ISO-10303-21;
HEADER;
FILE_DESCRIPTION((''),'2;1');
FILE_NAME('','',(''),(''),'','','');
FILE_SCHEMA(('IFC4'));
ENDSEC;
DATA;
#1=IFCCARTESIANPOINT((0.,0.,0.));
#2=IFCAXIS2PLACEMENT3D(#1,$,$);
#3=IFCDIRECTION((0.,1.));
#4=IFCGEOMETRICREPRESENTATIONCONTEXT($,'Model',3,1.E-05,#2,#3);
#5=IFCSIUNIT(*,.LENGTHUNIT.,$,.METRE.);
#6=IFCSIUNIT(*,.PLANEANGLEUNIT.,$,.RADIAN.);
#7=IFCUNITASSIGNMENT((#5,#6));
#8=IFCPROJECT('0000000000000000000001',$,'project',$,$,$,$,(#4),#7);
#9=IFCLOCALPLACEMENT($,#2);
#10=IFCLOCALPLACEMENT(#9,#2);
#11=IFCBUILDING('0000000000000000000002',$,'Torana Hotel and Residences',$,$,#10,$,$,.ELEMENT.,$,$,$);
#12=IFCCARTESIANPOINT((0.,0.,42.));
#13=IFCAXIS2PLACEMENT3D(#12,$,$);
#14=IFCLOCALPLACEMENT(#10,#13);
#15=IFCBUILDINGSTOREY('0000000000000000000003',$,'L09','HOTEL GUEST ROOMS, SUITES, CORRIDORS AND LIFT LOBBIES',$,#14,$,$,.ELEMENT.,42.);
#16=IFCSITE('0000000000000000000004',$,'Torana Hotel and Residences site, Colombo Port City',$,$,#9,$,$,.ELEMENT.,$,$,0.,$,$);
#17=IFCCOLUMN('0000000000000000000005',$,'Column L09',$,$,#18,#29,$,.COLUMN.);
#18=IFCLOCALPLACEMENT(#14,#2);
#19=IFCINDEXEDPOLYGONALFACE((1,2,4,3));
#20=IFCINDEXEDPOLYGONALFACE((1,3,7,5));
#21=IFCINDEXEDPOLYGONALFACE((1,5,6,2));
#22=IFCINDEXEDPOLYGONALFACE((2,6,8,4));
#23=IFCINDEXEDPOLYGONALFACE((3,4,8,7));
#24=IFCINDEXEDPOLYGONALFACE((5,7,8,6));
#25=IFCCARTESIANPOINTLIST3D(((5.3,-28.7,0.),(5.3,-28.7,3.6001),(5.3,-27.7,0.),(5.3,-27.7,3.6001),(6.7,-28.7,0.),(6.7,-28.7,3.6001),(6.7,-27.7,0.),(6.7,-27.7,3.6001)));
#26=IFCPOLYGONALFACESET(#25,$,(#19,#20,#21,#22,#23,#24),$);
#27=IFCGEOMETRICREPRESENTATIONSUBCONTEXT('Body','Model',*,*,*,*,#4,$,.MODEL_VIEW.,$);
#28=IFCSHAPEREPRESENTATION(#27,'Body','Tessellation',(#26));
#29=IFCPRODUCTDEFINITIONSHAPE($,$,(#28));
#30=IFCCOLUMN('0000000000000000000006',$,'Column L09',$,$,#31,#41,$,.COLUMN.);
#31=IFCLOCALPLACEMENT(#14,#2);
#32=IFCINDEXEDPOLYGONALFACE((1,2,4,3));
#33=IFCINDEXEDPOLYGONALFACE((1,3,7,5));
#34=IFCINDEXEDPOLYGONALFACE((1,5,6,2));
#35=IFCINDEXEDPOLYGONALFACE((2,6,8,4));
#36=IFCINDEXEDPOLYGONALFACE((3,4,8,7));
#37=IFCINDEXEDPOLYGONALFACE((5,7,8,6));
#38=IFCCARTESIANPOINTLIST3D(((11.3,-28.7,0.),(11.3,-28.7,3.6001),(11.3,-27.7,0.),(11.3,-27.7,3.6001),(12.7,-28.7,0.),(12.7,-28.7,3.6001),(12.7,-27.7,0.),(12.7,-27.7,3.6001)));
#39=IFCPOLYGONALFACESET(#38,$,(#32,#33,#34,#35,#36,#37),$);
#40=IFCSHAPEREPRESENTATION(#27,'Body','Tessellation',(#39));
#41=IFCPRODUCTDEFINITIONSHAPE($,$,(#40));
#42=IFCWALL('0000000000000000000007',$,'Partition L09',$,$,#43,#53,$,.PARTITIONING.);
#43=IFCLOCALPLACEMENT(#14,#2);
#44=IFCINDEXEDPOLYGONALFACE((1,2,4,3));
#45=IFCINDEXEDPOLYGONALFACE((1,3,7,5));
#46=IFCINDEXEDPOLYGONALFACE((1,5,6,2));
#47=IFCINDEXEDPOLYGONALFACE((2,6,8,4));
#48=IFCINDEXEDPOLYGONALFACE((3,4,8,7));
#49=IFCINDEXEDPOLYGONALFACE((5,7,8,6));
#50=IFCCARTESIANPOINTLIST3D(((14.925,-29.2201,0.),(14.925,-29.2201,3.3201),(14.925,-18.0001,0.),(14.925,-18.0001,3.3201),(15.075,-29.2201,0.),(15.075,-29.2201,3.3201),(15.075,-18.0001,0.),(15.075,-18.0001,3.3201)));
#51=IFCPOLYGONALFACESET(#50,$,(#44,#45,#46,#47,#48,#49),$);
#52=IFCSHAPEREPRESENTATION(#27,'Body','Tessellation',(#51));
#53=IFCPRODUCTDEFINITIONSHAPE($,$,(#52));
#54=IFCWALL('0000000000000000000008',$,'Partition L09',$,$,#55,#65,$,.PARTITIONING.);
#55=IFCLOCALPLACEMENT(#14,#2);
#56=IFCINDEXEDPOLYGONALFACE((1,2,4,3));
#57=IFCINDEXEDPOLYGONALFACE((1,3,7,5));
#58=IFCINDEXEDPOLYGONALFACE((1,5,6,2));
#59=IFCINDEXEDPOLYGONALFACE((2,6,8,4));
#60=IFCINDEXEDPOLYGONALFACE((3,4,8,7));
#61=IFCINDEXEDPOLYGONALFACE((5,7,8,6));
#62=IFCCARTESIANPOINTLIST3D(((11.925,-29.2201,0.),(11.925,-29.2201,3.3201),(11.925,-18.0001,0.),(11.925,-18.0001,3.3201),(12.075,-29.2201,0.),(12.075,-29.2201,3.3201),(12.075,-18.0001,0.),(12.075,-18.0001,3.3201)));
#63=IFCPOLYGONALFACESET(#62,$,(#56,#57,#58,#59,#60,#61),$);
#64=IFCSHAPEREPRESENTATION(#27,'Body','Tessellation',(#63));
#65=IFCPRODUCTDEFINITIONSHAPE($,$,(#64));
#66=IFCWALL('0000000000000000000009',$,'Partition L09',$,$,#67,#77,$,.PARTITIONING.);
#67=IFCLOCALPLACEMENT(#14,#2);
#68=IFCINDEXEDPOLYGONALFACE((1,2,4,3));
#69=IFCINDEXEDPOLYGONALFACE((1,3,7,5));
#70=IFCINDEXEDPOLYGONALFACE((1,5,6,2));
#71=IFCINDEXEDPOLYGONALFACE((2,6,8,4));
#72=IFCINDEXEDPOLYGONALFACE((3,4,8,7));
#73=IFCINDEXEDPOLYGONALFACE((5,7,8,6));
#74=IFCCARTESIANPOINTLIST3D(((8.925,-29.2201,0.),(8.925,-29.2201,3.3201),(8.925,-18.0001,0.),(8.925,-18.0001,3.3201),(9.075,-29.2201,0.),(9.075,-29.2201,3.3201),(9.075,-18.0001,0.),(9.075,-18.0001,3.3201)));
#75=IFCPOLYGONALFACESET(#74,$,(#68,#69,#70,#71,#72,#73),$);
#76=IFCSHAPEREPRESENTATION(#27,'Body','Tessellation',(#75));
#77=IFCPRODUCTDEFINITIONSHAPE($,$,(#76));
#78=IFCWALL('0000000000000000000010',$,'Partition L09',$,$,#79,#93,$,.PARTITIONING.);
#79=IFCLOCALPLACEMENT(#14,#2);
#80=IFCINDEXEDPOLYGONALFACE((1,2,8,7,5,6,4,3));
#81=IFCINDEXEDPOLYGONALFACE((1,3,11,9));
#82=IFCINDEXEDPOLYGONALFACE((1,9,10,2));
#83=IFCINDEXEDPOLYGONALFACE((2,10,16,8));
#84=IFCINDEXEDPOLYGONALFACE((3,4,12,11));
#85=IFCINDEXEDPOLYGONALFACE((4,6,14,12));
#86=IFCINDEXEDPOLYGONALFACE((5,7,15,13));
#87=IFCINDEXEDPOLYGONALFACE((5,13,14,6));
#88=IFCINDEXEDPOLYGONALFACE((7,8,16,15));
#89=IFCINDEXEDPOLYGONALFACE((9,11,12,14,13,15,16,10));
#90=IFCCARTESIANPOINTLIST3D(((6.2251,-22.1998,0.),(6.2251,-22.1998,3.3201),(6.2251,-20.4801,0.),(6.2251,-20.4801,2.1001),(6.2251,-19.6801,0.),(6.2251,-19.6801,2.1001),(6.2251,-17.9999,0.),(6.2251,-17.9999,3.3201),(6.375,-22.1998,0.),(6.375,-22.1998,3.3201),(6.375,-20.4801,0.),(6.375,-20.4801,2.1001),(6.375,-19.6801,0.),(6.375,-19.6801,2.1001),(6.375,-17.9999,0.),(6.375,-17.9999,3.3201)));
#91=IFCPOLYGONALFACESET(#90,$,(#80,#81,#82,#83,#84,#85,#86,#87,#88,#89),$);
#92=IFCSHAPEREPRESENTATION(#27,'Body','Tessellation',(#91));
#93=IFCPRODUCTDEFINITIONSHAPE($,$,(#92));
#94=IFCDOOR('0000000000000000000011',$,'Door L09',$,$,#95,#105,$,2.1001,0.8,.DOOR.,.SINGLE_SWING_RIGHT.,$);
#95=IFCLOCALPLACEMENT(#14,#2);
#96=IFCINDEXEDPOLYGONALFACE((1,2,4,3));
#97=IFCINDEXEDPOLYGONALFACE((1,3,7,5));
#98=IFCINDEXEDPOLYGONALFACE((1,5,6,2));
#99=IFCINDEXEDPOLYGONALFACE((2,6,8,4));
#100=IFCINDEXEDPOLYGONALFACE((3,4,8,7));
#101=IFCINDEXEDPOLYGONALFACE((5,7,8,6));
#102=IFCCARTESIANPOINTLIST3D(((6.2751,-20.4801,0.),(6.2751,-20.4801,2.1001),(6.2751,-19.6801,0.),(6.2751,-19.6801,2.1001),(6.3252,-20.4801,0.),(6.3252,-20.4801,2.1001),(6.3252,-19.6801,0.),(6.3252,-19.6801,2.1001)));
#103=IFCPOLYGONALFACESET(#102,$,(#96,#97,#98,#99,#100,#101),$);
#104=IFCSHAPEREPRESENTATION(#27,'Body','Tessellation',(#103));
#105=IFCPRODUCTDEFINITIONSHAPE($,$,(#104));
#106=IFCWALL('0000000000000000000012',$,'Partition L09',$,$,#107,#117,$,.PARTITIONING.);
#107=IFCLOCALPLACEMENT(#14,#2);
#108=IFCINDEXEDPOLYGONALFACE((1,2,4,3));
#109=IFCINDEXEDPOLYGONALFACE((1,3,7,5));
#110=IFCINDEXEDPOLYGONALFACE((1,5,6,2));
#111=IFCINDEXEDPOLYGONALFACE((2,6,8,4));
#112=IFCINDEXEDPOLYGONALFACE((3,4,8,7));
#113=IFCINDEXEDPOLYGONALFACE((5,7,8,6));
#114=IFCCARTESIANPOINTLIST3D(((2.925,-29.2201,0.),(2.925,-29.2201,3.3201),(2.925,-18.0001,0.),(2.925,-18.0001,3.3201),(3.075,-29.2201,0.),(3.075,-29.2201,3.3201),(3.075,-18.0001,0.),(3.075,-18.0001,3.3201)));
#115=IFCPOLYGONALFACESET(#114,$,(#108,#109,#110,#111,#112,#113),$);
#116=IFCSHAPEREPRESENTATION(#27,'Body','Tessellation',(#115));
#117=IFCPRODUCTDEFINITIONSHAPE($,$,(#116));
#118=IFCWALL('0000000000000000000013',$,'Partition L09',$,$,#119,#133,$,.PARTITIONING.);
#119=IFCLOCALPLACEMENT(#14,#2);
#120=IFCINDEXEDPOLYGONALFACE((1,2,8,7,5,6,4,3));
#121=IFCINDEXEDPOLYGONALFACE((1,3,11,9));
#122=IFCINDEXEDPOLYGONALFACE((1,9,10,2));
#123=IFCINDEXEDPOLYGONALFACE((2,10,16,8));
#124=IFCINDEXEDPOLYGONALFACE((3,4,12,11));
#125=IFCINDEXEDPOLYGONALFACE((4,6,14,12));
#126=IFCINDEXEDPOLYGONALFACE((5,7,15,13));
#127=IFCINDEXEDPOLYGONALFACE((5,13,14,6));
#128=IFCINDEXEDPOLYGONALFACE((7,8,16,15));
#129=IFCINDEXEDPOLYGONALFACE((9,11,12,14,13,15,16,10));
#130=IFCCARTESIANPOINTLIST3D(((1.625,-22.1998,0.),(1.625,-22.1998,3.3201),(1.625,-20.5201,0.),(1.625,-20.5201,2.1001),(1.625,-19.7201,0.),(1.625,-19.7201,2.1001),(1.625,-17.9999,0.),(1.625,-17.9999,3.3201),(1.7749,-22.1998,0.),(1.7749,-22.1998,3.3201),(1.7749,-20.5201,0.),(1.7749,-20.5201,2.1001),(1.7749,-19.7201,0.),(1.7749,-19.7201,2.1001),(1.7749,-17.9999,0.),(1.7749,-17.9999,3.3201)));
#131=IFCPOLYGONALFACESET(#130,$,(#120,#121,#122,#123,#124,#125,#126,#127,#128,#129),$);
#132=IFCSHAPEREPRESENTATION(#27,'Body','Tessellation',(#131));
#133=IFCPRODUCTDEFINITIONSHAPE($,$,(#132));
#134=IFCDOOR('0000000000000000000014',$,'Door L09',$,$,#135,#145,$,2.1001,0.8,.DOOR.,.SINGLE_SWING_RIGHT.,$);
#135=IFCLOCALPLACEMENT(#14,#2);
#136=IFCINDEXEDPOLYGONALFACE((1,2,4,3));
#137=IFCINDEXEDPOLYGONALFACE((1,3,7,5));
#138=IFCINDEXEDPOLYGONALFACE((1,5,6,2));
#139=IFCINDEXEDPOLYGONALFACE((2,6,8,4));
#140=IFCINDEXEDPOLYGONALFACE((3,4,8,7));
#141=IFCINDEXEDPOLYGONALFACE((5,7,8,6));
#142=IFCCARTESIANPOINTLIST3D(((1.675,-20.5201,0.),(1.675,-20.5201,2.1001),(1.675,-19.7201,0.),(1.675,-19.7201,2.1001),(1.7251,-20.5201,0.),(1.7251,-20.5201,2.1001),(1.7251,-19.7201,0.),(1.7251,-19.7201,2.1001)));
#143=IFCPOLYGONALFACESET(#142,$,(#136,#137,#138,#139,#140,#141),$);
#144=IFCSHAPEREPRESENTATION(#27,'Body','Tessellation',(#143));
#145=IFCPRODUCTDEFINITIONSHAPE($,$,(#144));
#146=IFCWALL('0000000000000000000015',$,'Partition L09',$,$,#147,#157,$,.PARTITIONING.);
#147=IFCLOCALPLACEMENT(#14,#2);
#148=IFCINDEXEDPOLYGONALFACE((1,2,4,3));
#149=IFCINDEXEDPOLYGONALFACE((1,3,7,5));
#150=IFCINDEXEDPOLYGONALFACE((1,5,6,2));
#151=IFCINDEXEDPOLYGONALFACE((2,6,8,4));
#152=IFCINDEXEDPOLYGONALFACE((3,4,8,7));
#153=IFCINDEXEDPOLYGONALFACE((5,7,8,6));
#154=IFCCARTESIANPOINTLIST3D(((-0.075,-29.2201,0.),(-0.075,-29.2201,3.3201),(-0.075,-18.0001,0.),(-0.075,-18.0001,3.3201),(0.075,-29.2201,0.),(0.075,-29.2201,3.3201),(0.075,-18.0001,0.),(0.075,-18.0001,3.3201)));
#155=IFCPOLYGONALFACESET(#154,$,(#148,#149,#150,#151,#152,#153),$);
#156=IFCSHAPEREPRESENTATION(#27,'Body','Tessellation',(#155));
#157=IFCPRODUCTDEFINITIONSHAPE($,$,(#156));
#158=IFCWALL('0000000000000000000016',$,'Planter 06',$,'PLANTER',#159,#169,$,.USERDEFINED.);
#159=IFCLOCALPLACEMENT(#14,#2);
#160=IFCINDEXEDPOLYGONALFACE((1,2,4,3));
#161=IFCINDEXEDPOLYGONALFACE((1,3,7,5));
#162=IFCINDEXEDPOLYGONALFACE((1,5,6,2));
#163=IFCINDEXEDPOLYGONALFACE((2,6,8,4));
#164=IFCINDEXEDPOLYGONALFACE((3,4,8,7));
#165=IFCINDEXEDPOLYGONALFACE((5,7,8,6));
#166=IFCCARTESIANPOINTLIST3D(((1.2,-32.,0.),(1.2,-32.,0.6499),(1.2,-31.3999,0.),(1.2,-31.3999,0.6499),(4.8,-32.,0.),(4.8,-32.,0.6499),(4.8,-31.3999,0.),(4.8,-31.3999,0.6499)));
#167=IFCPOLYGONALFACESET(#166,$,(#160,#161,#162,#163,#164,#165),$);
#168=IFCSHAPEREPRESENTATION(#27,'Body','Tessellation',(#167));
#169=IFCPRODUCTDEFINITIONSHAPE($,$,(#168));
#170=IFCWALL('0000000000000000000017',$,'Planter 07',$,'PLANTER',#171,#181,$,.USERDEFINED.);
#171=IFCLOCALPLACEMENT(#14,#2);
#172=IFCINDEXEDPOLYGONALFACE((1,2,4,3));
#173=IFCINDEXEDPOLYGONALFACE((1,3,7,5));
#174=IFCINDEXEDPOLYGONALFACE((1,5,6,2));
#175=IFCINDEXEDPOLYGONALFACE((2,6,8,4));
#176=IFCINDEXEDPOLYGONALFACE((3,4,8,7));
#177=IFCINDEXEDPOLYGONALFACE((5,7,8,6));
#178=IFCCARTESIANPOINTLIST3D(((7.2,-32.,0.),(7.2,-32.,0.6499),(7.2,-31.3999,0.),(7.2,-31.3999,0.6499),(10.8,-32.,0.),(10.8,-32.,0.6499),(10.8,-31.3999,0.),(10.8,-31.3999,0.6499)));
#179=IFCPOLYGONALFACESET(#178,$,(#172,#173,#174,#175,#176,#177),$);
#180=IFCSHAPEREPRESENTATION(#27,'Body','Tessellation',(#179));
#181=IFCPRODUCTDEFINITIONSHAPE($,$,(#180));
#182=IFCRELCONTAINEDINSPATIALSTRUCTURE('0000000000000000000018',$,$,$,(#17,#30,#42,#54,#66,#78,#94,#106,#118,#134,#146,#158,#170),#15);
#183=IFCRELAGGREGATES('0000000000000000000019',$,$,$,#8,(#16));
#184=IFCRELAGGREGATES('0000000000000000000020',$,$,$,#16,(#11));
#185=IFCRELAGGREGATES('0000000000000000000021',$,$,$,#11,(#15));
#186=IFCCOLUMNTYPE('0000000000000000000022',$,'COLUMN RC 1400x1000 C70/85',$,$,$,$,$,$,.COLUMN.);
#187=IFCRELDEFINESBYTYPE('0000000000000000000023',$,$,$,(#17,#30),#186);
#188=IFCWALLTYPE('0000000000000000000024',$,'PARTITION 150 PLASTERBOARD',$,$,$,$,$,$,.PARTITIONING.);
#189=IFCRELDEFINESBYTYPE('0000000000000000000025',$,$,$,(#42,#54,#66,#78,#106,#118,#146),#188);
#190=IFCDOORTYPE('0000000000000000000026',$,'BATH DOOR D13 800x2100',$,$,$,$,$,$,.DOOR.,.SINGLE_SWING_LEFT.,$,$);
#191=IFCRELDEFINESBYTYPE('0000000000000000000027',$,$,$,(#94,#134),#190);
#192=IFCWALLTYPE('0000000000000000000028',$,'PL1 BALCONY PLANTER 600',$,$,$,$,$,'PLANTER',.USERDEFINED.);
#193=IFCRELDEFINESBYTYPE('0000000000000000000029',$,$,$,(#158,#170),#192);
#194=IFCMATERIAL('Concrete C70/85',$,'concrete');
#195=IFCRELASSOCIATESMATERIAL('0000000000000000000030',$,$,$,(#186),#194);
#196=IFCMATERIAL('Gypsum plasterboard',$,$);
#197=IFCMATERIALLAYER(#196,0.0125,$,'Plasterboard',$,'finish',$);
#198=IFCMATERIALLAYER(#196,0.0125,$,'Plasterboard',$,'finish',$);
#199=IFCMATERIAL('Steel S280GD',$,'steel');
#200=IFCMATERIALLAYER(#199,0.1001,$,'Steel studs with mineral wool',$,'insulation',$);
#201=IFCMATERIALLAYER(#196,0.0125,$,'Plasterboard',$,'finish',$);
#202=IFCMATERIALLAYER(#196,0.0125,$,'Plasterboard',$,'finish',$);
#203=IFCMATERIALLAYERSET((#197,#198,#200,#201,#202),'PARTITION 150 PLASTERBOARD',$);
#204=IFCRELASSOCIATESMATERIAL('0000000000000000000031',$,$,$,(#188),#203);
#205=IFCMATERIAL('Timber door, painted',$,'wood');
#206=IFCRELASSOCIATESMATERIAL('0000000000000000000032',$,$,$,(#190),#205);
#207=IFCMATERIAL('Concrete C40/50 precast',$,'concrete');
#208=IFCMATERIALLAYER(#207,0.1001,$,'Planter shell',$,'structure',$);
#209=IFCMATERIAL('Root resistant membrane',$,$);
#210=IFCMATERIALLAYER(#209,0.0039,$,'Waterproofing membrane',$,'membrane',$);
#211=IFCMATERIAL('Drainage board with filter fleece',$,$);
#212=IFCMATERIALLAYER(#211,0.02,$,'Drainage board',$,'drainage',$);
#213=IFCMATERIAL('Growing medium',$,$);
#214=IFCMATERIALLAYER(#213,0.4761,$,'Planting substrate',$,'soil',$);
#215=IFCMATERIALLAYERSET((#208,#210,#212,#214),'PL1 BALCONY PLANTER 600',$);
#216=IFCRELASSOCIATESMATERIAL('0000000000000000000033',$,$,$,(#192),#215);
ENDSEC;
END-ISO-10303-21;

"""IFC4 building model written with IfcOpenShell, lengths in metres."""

from ifc_helpers import new_model, si_unit, direction, frame, frame_2d, origin, origin_2d, place, context, subcontext, project, spatial, rectangle, extrude, material, layer, layer_set, material_profile, profile_set, type_object, element, fill, save


model = new_model("IFC4")

# Units and contexts
model_context = context("Model", 3, precision=1e-05, world=origin(), true_north=direction((0.0, 1.0)))
body_context = subcontext(model_context, "Body", "Model", "MODEL_VIEW")
ifc_project = project(units=[si_unit("LENGTHUNIT", "METRE"), si_unit("PLANEANGLEUNIT", "RADIAN")], contexts=[model_context])

# Site, building, storey
site_placement = place(None, origin())
site = spatial("IfcSite", under=ifc_project, at=site_placement, Name="Torana Hotel and Residences site, Colombo Port City", CompositionType="ELEMENT", RefElevation=0.0)
building_placement = place(site_placement, origin())
building = spatial("IfcBuilding", under=site, at=building_placement, Name="Torana Hotel and Residences", CompositionType="ELEMENT")
storey_placement = place(building_placement, frame((0.0, 0.0, 42.0)))
storey = spatial("IfcBuildingStorey", under=building, at=storey_placement, Name="L09", Description="HOTEL GUEST ROOMS, SUITES, CORRIDORS AND LIFT LOBBIES", CompositionType="ELEMENT", Elevation=42.0)

# Columns
ifc_material_1 = material(Name="Concrete C70/85", Category="concrete")
ifc_material_profile = material_profile(ifc_material_1, rectangle(XDim=1.3999, YDim=1.0, at=origin_2d()), Name="RC 1400x1000")
ifc_profile_set = profile_set([ifc_material_profile], Name="Concrete C70/85")
column_type = type_object("IfcColumnType", Name="COLUMN RC 1400x1000 C70/85", PredefinedType="COLUMN", material=ifc_profile_set)
for number, where, z_axis, x_axis, name in (
    (1, (6.0, -28.2, 0.0), (0.0, 0.0, 1.0), (1.0, 0.0, 0.0), "Column L09"),
    (2, (12.0, -28.2, 0.0), (0.0, 0.0, 1.0), (1.0, 0.0, 0.0), "Column L09"),
):
    element("IfcColumn", number, at=place(storey_placement, frame(where, z_axis=z_axis, x_axis=x_axis)), inside=storey, type_object=column_type, Name=name, PredefinedType="COLUMN", context=body_context, shape_type="SweptSolid", body=[
        extrude(rectangle(XDim=1.3999, YDim=1.0, at=origin_2d()), origin(), (0.0, 0.0, 1.0), 3.6001),
    ])

# Walls
ifc_material_2 = material(Name="Gypsum plasterboard")
ifc_layer_1 = layer(ifc_material_2, 0.0125, Name="Plasterboard", Category="finish")
ifc_layer_2 = layer(ifc_material_2, 0.0125, Name="Plasterboard", Category="finish")
ifc_material_3 = material(Name="Steel S280GD", Category="steel")
ifc_layer_3 = layer(ifc_material_3, 0.1001, Name="Steel studs with mineral wool", Category="insulation")
ifc_layer_4 = layer(ifc_material_2, 0.0125, Name="Plasterboard", Category="finish")
ifc_layer_5 = layer(ifc_material_2, 0.0125, Name="Plasterboard", Category="finish")
ifc_layer_set_1 = layer_set([ifc_layer_1, ifc_layer_2, ifc_layer_3, ifc_layer_4, ifc_layer_5], Name="PARTITION 150 PLASTERBOARD")
wall_type_1 = type_object("IfcWallType", Name="PARTITION 150 PLASTERBOARD", PredefinedType="PARTITIONING", material=ifc_layer_set_1)
for number, where, z_axis, x_axis, name in (
    (3, (15.0, -29.22, 0.0), (0.0, 0.0, 1.0), (0.0, 1.0, 0.0), "Partition L09"),
    (4, (12.0, -29.22, 0.0), (0.0, 0.0, 1.0), (0.0, 1.0, 0.0), "Partition L09"),
    (5, (9.0, -29.22, 0.0), (0.0, 0.0, 1.0), (0.0, 1.0, 0.0), "Partition L09"),
):
    element("IfcWall", number, at=place(storey_placement, frame(where, z_axis=z_axis, x_axis=x_axis)), inside=storey, type_object=wall_type_1, Name=name, PredefinedType="PARTITIONING", context=body_context, shape_type="SweptSolid", body=[
        extrude(rectangle(XDim=11.22, YDim=0.1499, at=frame_2d((5.6099, 0.0))), origin(), (0.0, 0.0, 1.0), 3.3201),
    ])

# Wall, opening, door
wall_1_placement = place(storey_placement, frame((6.3, -22.2, 0.0), z_axis=(0.0, 0.0, 1.0), x_axis=(0.0, 1.0, 0.0)))
wall_1 = element("IfcWall", 6, at=wall_1_placement, inside=storey, type_object=wall_type_1, Name="Partition L09", PredefinedType="PARTITIONING", context=body_context, shape_type="SweptSolid", body=[
    extrude(rectangle(XDim=4.2, YDim=0.1499, at=frame_2d((2.1001, 0.0))), origin(), (0.0, 0.0, 1.0), 3.3201),
])
opening_1_placement = place(wall_1_placement, frame((1.72, 0.0, 0.0)))
opening_1 = element("IfcOpeningElement", 7, at=opening_1_placement, cuts=wall_1, PredefinedType="OPENING", context=body_context, shape_type="SweptSolid", body=[
    extrude(rectangle(XDim=0.8, YDim=2.1001, at=frame_2d((0.3999, 1.05))), frame((0.0, 0.085, 0.0), z_axis=(0.0, -1.0, 0.0), x_axis=(1.0, 0.0, 0.0)), (0.0, 0.0, 1.0), 0.1699),
])
ifc_material_4 = material(Name="Timber door, painted", Category="wood")
door_type = type_object("IfcDoorType", Name="BATH DOOR D13 800x2100", OperationType="SINGLE_SWING_LEFT", PredefinedType="DOOR", material=ifc_material_4)
door_1_placement = place(opening_1_placement, origin())
door_1 = element("IfcDoor", 8, at=door_1_placement, inside=storey, type_object=door_type, Name="Door L09", OperationType="SINGLE_SWING_RIGHT", OverallHeight=2.1001, OverallWidth=0.8, PredefinedType="DOOR", context=body_context, shape_type="SweptSolid", body=[
    extrude(rectangle(XDim=0.8, YDim=2.1001, at=frame_2d((0.3999, 1.05))), frame((0.0, 0.0249, 0.0), z_axis=(0.0, -1.0, 0.0), x_axis=(1.0, 0.0, 0.0)), (0.0, 0.0, 1.0), 0.05),
])
fill(opening_1, door_1)

# Wall
wall_2_placement = place(storey_placement, frame((3.0, -29.22, 0.0), z_axis=(0.0, 0.0, 1.0), x_axis=(0.0, 1.0, 0.0)))
element("IfcWall", 9, at=wall_2_placement, inside=storey, type_object=wall_type_1, Name="Partition L09", PredefinedType="PARTITIONING", context=body_context, shape_type="SweptSolid", body=[
    extrude(rectangle(XDim=11.22, YDim=0.1499, at=frame_2d((5.6099, 0.0))), origin(), (0.0, 0.0, 1.0), 3.3201),
])

# Wall, opening, door
wall_3_placement = place(storey_placement, frame((1.7, -22.2, 0.0), z_axis=(0.0, 0.0, 1.0), x_axis=(0.0, 1.0, 0.0)))
wall_3 = element("IfcWall", 10, at=wall_3_placement, inside=storey, type_object=wall_type_1, Name="Partition L09", PredefinedType="PARTITIONING", context=body_context, shape_type="SweptSolid", body=[
    extrude(rectangle(XDim=4.2, YDim=0.1499, at=frame_2d((2.1001, 0.0))), origin(), (0.0, 0.0, 1.0), 3.3201),
])
opening_2_placement = place(wall_3_placement, frame((1.6799, 0.0, 0.0)))
opening_2 = element("IfcOpeningElement", 11, at=opening_2_placement, cuts=wall_3, PredefinedType="OPENING", context=body_context, shape_type="SweptSolid", body=[
    extrude(rectangle(XDim=0.8, YDim=2.1001, at=frame_2d((0.3999, 1.05))), frame((0.0, 0.085, 0.0), z_axis=(0.0, -1.0, 0.0), x_axis=(1.0, 0.0, 0.0)), (0.0, 0.0, 1.0), 0.1699),
])
door_2_placement = place(opening_2_placement, origin())
door_2 = element("IfcDoor", 12, at=door_2_placement, inside=storey, type_object=door_type, Name="Door L09", OperationType="SINGLE_SWING_RIGHT", OverallHeight=2.1001, OverallWidth=0.8, PredefinedType="DOOR", context=body_context, shape_type="SweptSolid", body=[
    extrude(rectangle(XDim=0.8, YDim=2.1001, at=frame_2d((0.3999, 1.05))), frame((0.0, 0.0249, 0.0), z_axis=(0.0, -1.0, 0.0), x_axis=(1.0, 0.0, 0.0)), (0.0, 0.0, 1.0), 0.05),
])
fill(opening_2, door_2)

# Walls
wall_4_placement = place(storey_placement, frame((0.0, -29.22, 0.0), z_axis=(0.0, 0.0, 1.0), x_axis=(0.0, 1.0, 0.0)))
element("IfcWall", 13, at=wall_4_placement, inside=storey, type_object=wall_type_1, Name="Partition L09", PredefinedType="PARTITIONING", context=body_context, shape_type="SweptSolid", body=[
    extrude(rectangle(XDim=11.22, YDim=0.1499, at=frame_2d((5.6099, 0.0))), origin(), (0.0, 0.0, 1.0), 3.3201),
])
ifc_material_5 = material(Name="Concrete C40/50 precast", Category="concrete")
ifc_layer_6 = layer(ifc_material_5, 0.1001, Name="Planter shell", Category="structure")
ifc_material_6 = material(Name="Root resistant membrane")
ifc_layer_7 = layer(ifc_material_6, 0.0039, Name="Waterproofing membrane", Category="membrane")
ifc_material_7 = material(Name="Drainage board with filter fleece")
ifc_layer_8 = layer(ifc_material_7, 0.02, Name="Drainage board", Category="drainage")
ifc_material_8 = material(Name="Growing medium")
ifc_layer_9 = layer(ifc_material_8, 0.4761, Name="Planting substrate", Category="soil")
ifc_layer_set_2 = layer_set([ifc_layer_6, ifc_layer_7, ifc_layer_8, ifc_layer_9], Name="PL1 BALCONY PLANTER 600")
wall_type_2 = type_object("IfcWallType", Name="PL1 BALCONY PLANTER 600", ElementType="PLANTER", PredefinedType="USERDEFINED", material=ifc_layer_set_2)
for number, where, z_axis, x_axis, name in (
    (14, (4.8, -31.7, 0.0), (0.0, 0.0, 1.0), (-1.0, 0.0, 0.0), "Planter 06"),
    (15, (10.8, -31.7, 0.0), (0.0, 0.0, 1.0), (-1.0, 0.0, 0.0), "Planter 07"),
):
    element("IfcWall", number, at=place(storey_placement, frame(where, z_axis=z_axis, x_axis=x_axis)), inside=storey, type_object=wall_type_2, Name=name, ObjectType="PLANTER", PredefinedType="USERDEFINED", context=body_context, shape_type="SweptSolid", body=[
        extrude(rectangle(XDim=3.6001, YDim=0.6001, at=frame_2d((1.8, 0.0))), origin(), (0.0, 0.0, 1.0), 0.6499),
    ])

save(model, "model.ifc")
